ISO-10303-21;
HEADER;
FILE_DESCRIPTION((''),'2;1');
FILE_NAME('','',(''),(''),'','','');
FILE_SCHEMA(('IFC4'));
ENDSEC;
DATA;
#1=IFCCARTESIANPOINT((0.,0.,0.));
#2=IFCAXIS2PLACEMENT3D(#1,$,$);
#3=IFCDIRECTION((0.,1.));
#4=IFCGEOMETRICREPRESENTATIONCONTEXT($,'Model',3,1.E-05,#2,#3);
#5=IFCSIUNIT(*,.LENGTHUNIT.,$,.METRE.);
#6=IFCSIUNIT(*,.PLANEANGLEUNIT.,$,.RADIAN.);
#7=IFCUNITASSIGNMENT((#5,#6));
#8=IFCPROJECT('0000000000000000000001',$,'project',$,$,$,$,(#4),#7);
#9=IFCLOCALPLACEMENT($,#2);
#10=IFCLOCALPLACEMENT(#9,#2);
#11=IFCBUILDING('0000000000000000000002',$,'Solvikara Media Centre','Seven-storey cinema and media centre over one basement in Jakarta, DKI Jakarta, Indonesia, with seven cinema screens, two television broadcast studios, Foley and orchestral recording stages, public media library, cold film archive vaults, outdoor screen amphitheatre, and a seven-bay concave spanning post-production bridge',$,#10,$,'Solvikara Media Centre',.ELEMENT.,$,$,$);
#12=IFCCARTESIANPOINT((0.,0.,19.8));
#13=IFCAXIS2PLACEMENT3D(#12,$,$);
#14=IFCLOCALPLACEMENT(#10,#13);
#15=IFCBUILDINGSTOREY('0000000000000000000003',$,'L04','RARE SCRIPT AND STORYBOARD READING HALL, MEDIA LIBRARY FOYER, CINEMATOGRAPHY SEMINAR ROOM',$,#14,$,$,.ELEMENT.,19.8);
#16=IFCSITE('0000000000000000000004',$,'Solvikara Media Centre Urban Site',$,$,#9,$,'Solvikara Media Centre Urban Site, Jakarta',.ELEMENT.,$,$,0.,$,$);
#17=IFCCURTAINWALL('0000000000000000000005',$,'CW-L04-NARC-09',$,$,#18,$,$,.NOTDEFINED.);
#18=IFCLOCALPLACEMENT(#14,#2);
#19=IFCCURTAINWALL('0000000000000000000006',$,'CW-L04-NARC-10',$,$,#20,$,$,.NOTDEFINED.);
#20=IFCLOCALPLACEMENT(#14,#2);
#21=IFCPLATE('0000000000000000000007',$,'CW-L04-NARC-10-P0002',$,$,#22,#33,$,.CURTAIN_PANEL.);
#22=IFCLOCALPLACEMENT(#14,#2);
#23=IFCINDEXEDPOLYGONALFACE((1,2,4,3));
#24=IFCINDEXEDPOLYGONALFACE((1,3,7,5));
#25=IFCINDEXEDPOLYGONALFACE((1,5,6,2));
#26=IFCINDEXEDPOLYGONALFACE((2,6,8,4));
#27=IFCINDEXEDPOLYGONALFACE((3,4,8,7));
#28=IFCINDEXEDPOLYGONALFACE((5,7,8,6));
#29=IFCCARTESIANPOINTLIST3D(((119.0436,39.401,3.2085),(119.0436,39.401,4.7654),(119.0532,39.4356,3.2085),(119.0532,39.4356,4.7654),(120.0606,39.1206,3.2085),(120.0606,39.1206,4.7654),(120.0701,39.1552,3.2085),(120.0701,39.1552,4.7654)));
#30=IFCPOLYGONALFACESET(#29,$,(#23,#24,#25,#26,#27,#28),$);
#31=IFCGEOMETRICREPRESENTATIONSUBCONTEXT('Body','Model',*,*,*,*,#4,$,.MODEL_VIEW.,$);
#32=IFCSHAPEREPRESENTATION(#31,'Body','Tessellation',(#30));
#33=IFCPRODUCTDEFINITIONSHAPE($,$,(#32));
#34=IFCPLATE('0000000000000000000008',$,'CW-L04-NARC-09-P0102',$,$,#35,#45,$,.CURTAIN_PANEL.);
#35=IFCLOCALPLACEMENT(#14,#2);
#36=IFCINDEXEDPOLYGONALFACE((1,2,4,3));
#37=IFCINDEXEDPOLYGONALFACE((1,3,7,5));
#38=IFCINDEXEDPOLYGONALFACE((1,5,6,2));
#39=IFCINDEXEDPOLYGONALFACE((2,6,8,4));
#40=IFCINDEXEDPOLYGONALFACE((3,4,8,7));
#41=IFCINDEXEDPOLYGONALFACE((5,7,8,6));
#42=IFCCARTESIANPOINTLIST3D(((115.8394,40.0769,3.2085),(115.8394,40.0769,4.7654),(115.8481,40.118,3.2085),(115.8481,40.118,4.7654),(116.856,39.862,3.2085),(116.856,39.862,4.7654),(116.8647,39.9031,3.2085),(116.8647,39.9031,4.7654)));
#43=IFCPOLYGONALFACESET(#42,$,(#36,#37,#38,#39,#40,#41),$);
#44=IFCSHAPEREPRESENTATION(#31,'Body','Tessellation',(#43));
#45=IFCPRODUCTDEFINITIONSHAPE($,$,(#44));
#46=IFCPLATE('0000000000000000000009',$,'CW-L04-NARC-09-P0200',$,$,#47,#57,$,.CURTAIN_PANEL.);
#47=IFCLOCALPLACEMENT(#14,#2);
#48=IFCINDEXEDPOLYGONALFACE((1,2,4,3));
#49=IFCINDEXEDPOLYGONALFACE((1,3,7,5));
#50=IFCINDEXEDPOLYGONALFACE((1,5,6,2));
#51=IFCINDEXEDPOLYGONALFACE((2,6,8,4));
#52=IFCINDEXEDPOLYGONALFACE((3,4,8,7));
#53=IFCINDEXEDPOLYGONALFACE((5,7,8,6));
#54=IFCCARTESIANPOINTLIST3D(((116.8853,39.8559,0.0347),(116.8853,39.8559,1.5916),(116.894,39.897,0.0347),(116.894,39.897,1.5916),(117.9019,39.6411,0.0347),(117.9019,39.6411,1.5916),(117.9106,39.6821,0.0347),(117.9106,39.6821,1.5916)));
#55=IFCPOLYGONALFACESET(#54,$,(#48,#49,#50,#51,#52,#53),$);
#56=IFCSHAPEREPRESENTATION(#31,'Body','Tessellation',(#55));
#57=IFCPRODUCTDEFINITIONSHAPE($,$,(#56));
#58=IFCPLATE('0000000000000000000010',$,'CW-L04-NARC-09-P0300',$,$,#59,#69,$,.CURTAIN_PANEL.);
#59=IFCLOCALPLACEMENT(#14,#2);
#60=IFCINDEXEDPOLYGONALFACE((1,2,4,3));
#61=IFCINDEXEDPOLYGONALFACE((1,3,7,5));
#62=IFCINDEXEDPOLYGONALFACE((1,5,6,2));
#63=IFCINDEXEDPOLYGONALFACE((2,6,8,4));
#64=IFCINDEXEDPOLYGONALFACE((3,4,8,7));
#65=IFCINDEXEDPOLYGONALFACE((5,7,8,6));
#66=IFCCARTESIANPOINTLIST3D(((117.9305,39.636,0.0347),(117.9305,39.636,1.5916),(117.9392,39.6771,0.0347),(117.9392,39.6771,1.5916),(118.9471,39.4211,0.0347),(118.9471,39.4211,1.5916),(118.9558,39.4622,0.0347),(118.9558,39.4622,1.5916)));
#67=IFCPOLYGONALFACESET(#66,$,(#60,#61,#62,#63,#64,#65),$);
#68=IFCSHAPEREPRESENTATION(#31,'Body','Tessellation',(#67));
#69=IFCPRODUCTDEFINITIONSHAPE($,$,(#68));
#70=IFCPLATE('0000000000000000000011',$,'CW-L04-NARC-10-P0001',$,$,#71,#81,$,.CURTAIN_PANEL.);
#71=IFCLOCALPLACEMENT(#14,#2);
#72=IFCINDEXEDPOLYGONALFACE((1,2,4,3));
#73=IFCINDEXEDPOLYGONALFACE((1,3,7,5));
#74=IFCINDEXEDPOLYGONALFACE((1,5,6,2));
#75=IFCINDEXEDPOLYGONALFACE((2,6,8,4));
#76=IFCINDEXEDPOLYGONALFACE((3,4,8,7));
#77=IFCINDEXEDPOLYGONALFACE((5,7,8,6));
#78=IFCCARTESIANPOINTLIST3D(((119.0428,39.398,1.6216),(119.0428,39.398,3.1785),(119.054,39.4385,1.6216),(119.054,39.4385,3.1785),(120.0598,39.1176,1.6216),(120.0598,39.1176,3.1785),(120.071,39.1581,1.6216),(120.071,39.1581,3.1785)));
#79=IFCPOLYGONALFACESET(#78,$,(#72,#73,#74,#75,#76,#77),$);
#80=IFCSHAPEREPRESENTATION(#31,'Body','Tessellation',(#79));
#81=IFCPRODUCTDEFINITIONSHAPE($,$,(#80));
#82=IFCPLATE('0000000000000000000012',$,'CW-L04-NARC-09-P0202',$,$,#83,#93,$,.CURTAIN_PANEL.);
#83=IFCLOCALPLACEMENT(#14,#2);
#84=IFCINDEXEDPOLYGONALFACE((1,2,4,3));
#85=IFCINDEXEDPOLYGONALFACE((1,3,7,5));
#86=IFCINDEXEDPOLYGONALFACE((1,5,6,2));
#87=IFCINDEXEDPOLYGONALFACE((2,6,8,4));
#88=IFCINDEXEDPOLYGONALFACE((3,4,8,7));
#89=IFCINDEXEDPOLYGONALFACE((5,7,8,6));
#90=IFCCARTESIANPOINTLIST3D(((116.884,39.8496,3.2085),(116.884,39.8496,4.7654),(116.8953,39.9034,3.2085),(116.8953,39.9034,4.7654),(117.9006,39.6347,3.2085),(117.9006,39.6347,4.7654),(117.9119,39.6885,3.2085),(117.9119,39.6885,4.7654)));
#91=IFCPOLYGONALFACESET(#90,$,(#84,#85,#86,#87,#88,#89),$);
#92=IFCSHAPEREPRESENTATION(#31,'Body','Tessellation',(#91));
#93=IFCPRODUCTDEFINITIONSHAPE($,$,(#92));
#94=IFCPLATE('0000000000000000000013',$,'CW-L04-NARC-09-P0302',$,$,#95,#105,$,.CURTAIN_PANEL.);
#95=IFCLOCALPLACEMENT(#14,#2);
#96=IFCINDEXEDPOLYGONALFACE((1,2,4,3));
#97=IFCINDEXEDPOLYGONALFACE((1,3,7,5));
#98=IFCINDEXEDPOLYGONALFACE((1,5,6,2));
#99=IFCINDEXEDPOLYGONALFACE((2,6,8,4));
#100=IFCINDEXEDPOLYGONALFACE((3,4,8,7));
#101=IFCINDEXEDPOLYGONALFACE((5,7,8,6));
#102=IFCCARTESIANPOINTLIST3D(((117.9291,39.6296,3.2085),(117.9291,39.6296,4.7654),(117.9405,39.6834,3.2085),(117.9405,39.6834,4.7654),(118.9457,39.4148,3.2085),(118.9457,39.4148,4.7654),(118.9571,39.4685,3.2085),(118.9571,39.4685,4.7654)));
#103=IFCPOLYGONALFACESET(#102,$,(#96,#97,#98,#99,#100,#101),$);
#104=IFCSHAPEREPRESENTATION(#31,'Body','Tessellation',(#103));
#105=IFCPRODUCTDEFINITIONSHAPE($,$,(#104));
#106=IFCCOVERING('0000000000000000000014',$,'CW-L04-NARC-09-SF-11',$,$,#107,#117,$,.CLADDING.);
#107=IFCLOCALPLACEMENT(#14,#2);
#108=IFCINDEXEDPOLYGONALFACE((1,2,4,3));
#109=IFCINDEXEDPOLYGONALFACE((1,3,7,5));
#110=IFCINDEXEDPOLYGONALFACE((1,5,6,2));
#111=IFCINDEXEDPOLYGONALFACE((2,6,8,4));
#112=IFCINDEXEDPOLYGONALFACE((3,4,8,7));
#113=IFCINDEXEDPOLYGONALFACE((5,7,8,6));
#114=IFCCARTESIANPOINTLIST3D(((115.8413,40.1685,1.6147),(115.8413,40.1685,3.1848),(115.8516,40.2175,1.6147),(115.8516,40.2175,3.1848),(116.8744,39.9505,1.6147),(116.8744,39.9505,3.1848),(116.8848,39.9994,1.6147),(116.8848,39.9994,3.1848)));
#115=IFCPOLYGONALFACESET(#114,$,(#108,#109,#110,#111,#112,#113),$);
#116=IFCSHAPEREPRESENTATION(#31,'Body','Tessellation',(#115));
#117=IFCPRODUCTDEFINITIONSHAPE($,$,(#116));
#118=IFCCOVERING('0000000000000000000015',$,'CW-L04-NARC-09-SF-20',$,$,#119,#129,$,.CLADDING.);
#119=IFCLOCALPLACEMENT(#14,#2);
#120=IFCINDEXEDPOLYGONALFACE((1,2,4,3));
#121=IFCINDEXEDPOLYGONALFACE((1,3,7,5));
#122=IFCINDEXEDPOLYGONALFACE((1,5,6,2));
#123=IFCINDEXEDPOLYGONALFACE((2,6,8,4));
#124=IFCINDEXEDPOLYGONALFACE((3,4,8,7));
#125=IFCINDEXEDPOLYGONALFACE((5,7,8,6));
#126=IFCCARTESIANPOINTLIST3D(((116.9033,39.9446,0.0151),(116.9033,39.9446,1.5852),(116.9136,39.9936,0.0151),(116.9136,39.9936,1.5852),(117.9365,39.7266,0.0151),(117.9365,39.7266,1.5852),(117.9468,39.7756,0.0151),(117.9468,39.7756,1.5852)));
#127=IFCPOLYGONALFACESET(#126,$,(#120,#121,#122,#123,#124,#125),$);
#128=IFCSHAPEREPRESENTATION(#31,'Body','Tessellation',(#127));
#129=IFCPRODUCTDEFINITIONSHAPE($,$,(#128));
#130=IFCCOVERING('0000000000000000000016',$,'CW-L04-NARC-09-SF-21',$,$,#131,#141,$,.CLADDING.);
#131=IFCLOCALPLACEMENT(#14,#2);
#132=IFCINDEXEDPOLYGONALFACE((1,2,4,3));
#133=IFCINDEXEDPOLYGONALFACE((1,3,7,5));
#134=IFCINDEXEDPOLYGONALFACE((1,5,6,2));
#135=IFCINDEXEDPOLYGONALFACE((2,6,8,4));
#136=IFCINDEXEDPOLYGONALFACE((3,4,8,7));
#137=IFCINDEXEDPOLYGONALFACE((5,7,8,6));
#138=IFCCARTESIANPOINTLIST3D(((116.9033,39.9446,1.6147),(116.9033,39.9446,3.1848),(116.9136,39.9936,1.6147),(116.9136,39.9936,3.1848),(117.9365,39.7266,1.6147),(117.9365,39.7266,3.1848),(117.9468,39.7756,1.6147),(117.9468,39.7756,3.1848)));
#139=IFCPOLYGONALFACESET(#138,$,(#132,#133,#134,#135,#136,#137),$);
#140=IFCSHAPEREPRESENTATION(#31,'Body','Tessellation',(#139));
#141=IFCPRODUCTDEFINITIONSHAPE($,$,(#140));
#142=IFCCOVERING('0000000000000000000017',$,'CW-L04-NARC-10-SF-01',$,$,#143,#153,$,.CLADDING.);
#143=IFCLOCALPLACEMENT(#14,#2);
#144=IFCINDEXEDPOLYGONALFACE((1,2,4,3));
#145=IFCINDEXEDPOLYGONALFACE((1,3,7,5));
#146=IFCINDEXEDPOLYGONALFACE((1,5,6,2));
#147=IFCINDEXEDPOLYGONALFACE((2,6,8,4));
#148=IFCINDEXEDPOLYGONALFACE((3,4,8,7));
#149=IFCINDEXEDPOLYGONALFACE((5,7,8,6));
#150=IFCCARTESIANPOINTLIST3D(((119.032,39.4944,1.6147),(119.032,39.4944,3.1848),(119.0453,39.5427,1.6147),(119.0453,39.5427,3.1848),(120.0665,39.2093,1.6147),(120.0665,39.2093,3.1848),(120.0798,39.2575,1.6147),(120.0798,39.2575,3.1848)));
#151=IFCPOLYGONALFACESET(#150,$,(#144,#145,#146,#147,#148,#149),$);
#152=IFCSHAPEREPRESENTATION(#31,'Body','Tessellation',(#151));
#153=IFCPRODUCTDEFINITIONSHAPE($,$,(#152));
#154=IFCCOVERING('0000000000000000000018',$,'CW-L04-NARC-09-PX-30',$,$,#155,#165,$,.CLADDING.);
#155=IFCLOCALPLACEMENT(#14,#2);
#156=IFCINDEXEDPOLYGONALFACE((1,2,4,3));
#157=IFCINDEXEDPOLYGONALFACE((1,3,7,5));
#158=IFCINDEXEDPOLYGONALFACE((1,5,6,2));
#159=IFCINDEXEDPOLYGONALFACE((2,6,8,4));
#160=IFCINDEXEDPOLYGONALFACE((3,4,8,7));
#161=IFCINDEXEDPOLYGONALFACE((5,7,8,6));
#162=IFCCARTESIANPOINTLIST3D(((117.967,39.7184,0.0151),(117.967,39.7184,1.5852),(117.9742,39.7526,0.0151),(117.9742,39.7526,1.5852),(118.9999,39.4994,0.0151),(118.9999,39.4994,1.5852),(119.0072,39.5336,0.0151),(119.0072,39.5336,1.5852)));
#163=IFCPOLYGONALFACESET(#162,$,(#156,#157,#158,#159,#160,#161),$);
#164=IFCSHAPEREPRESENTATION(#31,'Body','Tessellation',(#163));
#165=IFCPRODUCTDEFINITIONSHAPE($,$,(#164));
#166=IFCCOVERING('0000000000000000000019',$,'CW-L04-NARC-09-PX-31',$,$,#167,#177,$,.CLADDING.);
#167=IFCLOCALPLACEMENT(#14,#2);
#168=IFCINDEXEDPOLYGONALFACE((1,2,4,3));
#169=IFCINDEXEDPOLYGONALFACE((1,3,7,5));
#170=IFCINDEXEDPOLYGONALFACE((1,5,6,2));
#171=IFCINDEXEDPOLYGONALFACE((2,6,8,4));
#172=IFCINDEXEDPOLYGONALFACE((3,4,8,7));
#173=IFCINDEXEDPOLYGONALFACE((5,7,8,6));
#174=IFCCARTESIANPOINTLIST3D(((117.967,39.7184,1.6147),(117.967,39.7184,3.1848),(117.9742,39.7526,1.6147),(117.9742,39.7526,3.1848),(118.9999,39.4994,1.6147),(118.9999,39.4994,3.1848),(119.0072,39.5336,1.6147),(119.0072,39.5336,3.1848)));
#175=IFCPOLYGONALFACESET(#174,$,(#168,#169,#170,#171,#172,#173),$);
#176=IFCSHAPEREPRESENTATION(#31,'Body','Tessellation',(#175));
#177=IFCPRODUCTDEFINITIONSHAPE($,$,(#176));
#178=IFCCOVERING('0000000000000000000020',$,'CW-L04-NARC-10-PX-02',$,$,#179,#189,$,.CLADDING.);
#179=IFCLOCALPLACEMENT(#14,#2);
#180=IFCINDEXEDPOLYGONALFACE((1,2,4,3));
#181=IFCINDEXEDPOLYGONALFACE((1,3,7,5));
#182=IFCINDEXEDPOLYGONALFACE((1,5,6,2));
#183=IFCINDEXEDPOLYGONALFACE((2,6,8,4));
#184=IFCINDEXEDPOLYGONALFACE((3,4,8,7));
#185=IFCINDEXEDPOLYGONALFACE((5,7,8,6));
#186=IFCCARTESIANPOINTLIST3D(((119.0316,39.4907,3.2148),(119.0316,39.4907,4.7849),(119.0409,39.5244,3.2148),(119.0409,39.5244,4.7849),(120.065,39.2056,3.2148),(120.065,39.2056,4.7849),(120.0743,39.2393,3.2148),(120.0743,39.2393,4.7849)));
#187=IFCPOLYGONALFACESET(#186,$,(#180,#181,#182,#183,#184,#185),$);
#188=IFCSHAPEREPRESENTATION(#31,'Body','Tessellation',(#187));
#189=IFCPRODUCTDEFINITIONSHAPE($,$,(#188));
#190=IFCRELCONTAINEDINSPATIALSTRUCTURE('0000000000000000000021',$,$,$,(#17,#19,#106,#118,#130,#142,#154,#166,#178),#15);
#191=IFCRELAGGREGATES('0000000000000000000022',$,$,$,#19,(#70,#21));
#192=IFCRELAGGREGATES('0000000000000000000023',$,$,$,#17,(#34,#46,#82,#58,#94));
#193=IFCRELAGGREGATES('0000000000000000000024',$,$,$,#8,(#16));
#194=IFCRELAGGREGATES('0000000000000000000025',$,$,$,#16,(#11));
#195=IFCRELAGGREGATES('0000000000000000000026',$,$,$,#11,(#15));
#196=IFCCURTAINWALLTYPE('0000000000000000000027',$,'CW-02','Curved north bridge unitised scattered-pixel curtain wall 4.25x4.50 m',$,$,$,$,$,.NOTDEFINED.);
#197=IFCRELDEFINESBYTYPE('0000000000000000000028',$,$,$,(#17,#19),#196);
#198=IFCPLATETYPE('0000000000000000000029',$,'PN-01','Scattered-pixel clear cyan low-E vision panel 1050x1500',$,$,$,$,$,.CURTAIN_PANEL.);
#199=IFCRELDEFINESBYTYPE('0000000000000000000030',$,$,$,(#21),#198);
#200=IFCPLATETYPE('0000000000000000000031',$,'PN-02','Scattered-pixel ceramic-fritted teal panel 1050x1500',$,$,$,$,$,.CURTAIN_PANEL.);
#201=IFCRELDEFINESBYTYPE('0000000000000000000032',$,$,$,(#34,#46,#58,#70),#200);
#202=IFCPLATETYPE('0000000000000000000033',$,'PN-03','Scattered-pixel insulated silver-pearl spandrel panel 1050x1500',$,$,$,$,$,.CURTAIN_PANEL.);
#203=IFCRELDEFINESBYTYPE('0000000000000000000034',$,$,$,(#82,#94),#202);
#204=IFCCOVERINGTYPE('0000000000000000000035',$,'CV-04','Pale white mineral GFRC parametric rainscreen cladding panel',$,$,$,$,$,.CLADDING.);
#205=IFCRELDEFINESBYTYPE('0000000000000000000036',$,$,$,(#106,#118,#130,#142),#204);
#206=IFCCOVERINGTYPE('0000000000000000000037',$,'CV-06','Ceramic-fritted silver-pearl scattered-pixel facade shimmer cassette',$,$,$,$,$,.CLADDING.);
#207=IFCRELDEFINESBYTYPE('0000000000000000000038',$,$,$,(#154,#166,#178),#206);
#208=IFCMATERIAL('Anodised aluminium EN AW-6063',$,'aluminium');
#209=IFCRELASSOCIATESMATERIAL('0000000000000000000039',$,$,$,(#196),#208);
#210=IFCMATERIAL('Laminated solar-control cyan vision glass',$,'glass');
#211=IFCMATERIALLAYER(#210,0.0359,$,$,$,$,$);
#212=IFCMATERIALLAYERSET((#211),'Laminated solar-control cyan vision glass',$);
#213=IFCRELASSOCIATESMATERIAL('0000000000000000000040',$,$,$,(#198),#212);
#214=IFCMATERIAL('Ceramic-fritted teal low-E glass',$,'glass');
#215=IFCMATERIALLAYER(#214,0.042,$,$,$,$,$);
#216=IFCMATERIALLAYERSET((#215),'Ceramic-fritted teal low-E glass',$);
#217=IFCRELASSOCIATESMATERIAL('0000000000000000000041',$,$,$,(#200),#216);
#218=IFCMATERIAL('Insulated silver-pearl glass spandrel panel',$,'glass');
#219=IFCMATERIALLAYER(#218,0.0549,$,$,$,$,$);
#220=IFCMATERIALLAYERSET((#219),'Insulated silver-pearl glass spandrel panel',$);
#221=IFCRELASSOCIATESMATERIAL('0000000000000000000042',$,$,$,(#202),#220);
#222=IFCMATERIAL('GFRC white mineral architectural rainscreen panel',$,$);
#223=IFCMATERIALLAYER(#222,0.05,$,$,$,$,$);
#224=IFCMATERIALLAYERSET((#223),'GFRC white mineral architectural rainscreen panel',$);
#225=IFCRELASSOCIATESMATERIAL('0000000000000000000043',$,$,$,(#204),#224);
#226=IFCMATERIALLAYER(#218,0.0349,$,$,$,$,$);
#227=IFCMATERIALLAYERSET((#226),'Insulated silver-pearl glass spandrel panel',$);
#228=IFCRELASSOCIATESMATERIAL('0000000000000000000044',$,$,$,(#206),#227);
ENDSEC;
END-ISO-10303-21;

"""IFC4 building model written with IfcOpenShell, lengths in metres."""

from ifc_helpers import new_model, si_unit, direction, frame, origin, origin_2d, place, context, subcontext, project, spatial, rectangle, extrude, material, layer, layer_set, type_object, element, aggregate, save


model = new_model("IFC4")

# Units and contexts
model_context = context("Model", 3, precision=1e-05, world=origin(), true_north=direction((0.0, 1.0)))
body_context = subcontext(model_context, "Body", "Model", "MODEL_VIEW")
ifc_project = project(units=[si_unit("LENGTHUNIT", "METRE"), si_unit("PLANEANGLEUNIT", "RADIAN")], contexts=[model_context])

# Site, building, storey
site_placement = place(None, origin())
site = spatial("IfcSite", under=ifc_project, at=site_placement, Name="Solvikara Media Centre Urban Site", LongName="Solvikara Media Centre Urban Site, Jakarta", CompositionType="ELEMENT", RefElevation=0.0)
building_placement = place(site_placement, origin())
building = spatial("IfcBuilding", under=site, at=building_placement, Name="Solvikara Media Centre", Description="Seven-storey cinema and media centre over one basement in Jakarta, DKI Jakarta, Indonesia, with seven cinema screens, two television broadcast studios, Foley and orchestral recording stages, public media library, cold film archive vaults, outdoor screen amphitheatre, and a seven-bay concave spanning post-production bridge", LongName="Solvikara Media Centre", CompositionType="ELEMENT")
storey_placement = place(building_placement, frame((0.0, 0.0, 19.8)))
storey = spatial("IfcBuildingStorey", under=building, at=storey_placement, Name="L04", Description="RARE SCRIPT AND STORYBOARD READING HALL, MEDIA LIBRARY FOYER, CINEMATOGRAPHY SEMINAR ROOM", CompositionType="ELEMENT", Elevation=19.8)

# Curtain walls
ifc_material_1 = material(Name="Anodised aluminium EN AW-6063", Category="aluminium")
curtain_wall_type = type_object("IfcCurtainWallType", Name="CW-02", Description="Curved north bridge unitised scattered-pixel curtain wall 4.25x4.50 m", PredefinedType="NOTDEFINED", material=ifc_material_1)
curtain_wall_1_placement = place(storey_placement, origin())
curtain_wall_1 = element("IfcCurtainWall", 1, at=curtain_wall_1_placement, inside=storey, type_object=curtain_wall_type, Name="CW-L04-NARC-09", PredefinedType="NOTDEFINED")
curtain_wall_2_placement = place(storey_placement, origin())
curtain_wall_2 = element("IfcCurtainWall", 2, at=curtain_wall_2_placement, inside=storey, type_object=curtain_wall_type, Name="CW-L04-NARC-10", PredefinedType="NOTDEFINED")

# Plates
ifc_material_2 = material(Name="Laminated solar-control cyan vision glass", Category="glass")
ifc_layer_1 = layer(ifc_material_2, 0.0359)
ifc_layer_set_1 = layer_set([ifc_layer_1], Name="Laminated solar-control cyan vision glass")
plate_type_1 = type_object("IfcPlateType", Name="PN-01", Description="Scattered-pixel clear cyan low-E vision panel 1050x1500", PredefinedType="CURTAIN_PANEL", material=ifc_layer_set_1)
plate_1_placement = place(storey_placement, frame((119.5569, 39.2781, 3.2085), z_axis=(0.0, 0.0, 1.0), x_axis=(0.96403, -0.265792, 0.0)))
plate_1 = element("IfcPlate", 3, at=plate_1_placement, type_object=plate_type_1, Name="CW-L04-NARC-10-P0002", PredefinedType="CURTAIN_PANEL", context=body_context, shape_type="SweptSolid", body=[
    extrude(rectangle(XDim=1.0549, YDim=0.0359, at=origin_2d()), origin(), (0.0, 0.0, 1.0), 1.5569),
])
ifc_material_3 = material(Name="Ceramic-fritted teal low-E glass", Category="glass")
ifc_layer_2 = layer(ifc_material_3, 0.042)
ifc_layer_set_2 = layer_set([ifc_layer_2], Name="Ceramic-fritted teal low-E glass")
plate_type_2 = type_object("IfcPlateType", Name="PN-02", Description="Scattered-pixel ceramic-fritted teal panel 1050x1500", PredefinedType="CURTAIN_PANEL", material=ifc_layer_set_2)
plate_2_placement = place(storey_placement, frame((116.3521, 39.99, 3.2085), z_axis=(0.0, 0.0, 1.0), x_axis=(0.978379, -0.206819, 0.0)))
plate_2 = element("IfcPlate", 4, at=plate_2_placement, type_object=plate_type_2, Name="CW-L04-NARC-09-P0102", PredefinedType="CURTAIN_PANEL", context=body_context, shape_type="SweptSolid", body=[
    extrude(rectangle(XDim=1.0391, YDim=0.042, at=origin_2d()), origin(), (0.0, 0.0, 1.0), 1.5569),
])
plate_3_placement = place(storey_placement, frame((117.3979, 39.769, 0.0347), z_axis=(0.0, 0.0, 1.0), x_axis=(0.978379, -0.206819, 0.0)))
plate_3 = element("IfcPlate", 5, at=plate_3_placement, type_object=plate_type_2, Name="CW-L04-NARC-09-P0200", PredefinedType="CURTAIN_PANEL", context=body_context, shape_type="SweptSolid", body=[
    extrude(rectangle(XDim=1.0391, YDim=0.042, at=origin_2d()), origin(), (0.0, 0.0, 1.0), 1.5569),
])
plate_4_placement = place(storey_placement, frame((118.4431, 39.5491, 0.0347), z_axis=(0.0, 0.0, 1.0), x_axis=(0.978379, -0.206819, 0.0)))
plate_4 = element("IfcPlate", 6, at=plate_4_placement, type_object=plate_type_2, Name="CW-L04-NARC-09-P0300", PredefinedType="CURTAIN_PANEL", context=body_context, shape_type="SweptSolid", body=[
    extrude(rectangle(XDim=1.0391, YDim=0.042, at=origin_2d()), origin(), (0.0, 0.0, 1.0), 1.5569),
])
plate_5_placement = place(storey_placement, frame((119.5569, 39.2781, 1.6216), z_axis=(0.0, 0.0, 1.0), x_axis=(0.96403, -0.265792, 0.0)))
plate_5 = element("IfcPlate", 7, at=plate_5_placement, type_object=plate_type_2, Name="CW-L04-NARC-10-P0001", PredefinedType="CURTAIN_PANEL", context=body_context, shape_type="SweptSolid", body=[
    extrude(rectangle(XDim=1.0549, YDim=0.042, at=origin_2d()), origin(), (0.0, 0.0, 1.0), 1.5569),
])
aggregate(curtain_wall_2, [plate_5, plate_1])
ifc_material_4 = material(Name="Insulated silver-pearl glass spandrel panel", Category="glass")
ifc_layer_3 = layer(ifc_material_4, 0.0549)
ifc_layer_set_3 = layer_set([ifc_layer_3], Name="Insulated silver-pearl glass spandrel panel")
plate_type_3 = type_object("IfcPlateType", Name="PN-03", Description="Scattered-pixel insulated silver-pearl spandrel panel 1050x1500", PredefinedType="CURTAIN_PANEL", material=ifc_layer_set_3)
plate_6_placement = place(storey_placement, frame((117.3979, 39.769, 3.2085), z_axis=(0.0, 0.0, 1.0), x_axis=(0.978379, -0.206819, 0.0)))
plate_6 = element("IfcPlate", 8, at=plate_6_placement, type_object=plate_type_3, Name="CW-L04-NARC-09-P0202", PredefinedType="CURTAIN_PANEL", context=body_context, shape_type="SweptSolid", body=[
    extrude(rectangle(XDim=1.0391, YDim=0.0549, at=origin_2d()), origin(), (0.0, 0.0, 1.0), 1.5569),
])
plate_7_placement = place(storey_placement, frame((118.4431, 39.5491, 3.2085), z_axis=(0.0, 0.0, 1.0), x_axis=(0.978379, -0.206819, 0.0)))
plate_7 = element("IfcPlate", 9, at=plate_7_placement, type_object=plate_type_3, Name="CW-L04-NARC-09-P0302", PredefinedType="CURTAIN_PANEL", context=body_context, shape_type="SweptSolid", body=[
    extrude(rectangle(XDim=1.0391, YDim=0.0549, at=origin_2d()), origin(), (0.0, 0.0, 1.0), 1.5569),
])
aggregate(curtain_wall_1, [plate_2, plate_3, plate_6, plate_4, plate_7])

# Coverings
ifc_material_5 = material(Name="GFRC white mineral architectural rainscreen panel")
ifc_layer_4 = layer(ifc_material_5, 0.05)
ifc_layer_set_4 = layer_set([ifc_layer_4], Name="GFRC white mineral architectural rainscreen panel")
covering_type_1 = type_object("IfcCoveringType", Name="CV-04", Description="Pale white mineral GFRC parametric rainscreen cladding panel", PredefinedType="CLADDING", material=ifc_layer_set_4)
for number, where, z_axis, x_axis, name in (
    (10, (116.363, 40.084, 1.6147), (0.0, 0.0, 1.0), (0.978448, -0.206495, 0.0), "CW-L04-NARC-09-SF-11"),
    (11, (117.425, 39.8601, 0.0151), (0.0, 0.0, 1.0), (0.978448, -0.206495, 0.0), "CW-L04-NARC-09-SF-20"),
    (12, (117.425, 39.8601, 1.6147), (0.0, 0.0, 1.0), (0.978448, -0.206495, 0.0), "CW-L04-NARC-09-SF-21"),
):
    element("IfcCovering", number, at=place(storey_placement, frame(where, z_axis=z_axis, x_axis=x_axis)), inside=storey, type_object=covering_type_1, Name=name, PredefinedType="CLADDING", context=body_context, shape_type="SweptSolid", body=[
        extrude(rectangle(XDim=1.0559, YDim=0.05, at=origin_2d()), origin(), (0.0, 0.0, 1.0), 1.5701),
    ])
covering_1_placement = place(storey_placement, frame((119.5559, 39.376, 1.6147), z_axis=(0.0, 0.0, 1.0), x_axis=(0.964049, -0.265724, 0.0)))
element("IfcCovering", 13, at=covering_1_placement, inside=storey, type_object=covering_type_1, Name="CW-L04-NARC-10-SF-01", PredefinedType="CLADDING", context=body_context, shape_type="SweptSolid", body=[
    extrude(rectangle(XDim=1.073, YDim=0.05, at=origin_2d()), origin(), (0.0, 0.0, 1.0), 1.5701),
])
ifc_layer_5 = layer(ifc_material_4, 0.0349)
ifc_layer_set_5 = layer_set([ifc_layer_5], Name="Insulated silver-pearl glass spandrel panel")
covering_type_2 = type_object("IfcCoveringType", Name="CV-06", Description="Ceramic-fritted silver-pearl scattered-pixel facade shimmer cassette", PredefinedType="CLADDING", material=ifc_layer_set_5)
for number, where, z_axis, x_axis, name in (
    (14, (118.4871, 39.626, 0.0151), (0.0, 0.0, 1.0), (0.978256, -0.2074, 0.0), "CW-L04-NARC-09-PX-30"),
    (15, (118.4871, 39.626, 1.6147), (0.0, 0.0, 1.0), (0.978256, -0.2074, 0.0), "CW-L04-NARC-09-PX-31"),
):
    element("IfcCovering", number, at=place(storey_placement, frame(where, z_axis=z_axis, x_axis=x_axis)), inside=storey, type_object=covering_type_2, Name=name, PredefinedType="CLADDING", context=body_context, shape_type="SweptSolid", body=[
        extrude(rectangle(XDim=1.0559, YDim=0.0349, at=origin_2d()), origin(), (0.0, 0.0, 1.0), 1.5701),
    ])
covering_2_placement = place(storey_placement, frame((119.553, 39.365, 3.2148), z_axis=(0.0, 0.0, 1.0), x_axis=(0.963984, -0.26596, 0.0)))
element("IfcCovering", 16, at=covering_2_placement, inside=storey, type_object=covering_type_2, Name="CW-L04-NARC-10-PX-02", PredefinedType="CLADDING", context=body_context, shape_type="SweptSolid", body=[
    extrude(rectangle(XDim=1.072, YDim=0.0349, at=origin_2d()), origin(), (0.0, 0.0, 1.0), 1.5701),
])

save(model, "model.ifc")
